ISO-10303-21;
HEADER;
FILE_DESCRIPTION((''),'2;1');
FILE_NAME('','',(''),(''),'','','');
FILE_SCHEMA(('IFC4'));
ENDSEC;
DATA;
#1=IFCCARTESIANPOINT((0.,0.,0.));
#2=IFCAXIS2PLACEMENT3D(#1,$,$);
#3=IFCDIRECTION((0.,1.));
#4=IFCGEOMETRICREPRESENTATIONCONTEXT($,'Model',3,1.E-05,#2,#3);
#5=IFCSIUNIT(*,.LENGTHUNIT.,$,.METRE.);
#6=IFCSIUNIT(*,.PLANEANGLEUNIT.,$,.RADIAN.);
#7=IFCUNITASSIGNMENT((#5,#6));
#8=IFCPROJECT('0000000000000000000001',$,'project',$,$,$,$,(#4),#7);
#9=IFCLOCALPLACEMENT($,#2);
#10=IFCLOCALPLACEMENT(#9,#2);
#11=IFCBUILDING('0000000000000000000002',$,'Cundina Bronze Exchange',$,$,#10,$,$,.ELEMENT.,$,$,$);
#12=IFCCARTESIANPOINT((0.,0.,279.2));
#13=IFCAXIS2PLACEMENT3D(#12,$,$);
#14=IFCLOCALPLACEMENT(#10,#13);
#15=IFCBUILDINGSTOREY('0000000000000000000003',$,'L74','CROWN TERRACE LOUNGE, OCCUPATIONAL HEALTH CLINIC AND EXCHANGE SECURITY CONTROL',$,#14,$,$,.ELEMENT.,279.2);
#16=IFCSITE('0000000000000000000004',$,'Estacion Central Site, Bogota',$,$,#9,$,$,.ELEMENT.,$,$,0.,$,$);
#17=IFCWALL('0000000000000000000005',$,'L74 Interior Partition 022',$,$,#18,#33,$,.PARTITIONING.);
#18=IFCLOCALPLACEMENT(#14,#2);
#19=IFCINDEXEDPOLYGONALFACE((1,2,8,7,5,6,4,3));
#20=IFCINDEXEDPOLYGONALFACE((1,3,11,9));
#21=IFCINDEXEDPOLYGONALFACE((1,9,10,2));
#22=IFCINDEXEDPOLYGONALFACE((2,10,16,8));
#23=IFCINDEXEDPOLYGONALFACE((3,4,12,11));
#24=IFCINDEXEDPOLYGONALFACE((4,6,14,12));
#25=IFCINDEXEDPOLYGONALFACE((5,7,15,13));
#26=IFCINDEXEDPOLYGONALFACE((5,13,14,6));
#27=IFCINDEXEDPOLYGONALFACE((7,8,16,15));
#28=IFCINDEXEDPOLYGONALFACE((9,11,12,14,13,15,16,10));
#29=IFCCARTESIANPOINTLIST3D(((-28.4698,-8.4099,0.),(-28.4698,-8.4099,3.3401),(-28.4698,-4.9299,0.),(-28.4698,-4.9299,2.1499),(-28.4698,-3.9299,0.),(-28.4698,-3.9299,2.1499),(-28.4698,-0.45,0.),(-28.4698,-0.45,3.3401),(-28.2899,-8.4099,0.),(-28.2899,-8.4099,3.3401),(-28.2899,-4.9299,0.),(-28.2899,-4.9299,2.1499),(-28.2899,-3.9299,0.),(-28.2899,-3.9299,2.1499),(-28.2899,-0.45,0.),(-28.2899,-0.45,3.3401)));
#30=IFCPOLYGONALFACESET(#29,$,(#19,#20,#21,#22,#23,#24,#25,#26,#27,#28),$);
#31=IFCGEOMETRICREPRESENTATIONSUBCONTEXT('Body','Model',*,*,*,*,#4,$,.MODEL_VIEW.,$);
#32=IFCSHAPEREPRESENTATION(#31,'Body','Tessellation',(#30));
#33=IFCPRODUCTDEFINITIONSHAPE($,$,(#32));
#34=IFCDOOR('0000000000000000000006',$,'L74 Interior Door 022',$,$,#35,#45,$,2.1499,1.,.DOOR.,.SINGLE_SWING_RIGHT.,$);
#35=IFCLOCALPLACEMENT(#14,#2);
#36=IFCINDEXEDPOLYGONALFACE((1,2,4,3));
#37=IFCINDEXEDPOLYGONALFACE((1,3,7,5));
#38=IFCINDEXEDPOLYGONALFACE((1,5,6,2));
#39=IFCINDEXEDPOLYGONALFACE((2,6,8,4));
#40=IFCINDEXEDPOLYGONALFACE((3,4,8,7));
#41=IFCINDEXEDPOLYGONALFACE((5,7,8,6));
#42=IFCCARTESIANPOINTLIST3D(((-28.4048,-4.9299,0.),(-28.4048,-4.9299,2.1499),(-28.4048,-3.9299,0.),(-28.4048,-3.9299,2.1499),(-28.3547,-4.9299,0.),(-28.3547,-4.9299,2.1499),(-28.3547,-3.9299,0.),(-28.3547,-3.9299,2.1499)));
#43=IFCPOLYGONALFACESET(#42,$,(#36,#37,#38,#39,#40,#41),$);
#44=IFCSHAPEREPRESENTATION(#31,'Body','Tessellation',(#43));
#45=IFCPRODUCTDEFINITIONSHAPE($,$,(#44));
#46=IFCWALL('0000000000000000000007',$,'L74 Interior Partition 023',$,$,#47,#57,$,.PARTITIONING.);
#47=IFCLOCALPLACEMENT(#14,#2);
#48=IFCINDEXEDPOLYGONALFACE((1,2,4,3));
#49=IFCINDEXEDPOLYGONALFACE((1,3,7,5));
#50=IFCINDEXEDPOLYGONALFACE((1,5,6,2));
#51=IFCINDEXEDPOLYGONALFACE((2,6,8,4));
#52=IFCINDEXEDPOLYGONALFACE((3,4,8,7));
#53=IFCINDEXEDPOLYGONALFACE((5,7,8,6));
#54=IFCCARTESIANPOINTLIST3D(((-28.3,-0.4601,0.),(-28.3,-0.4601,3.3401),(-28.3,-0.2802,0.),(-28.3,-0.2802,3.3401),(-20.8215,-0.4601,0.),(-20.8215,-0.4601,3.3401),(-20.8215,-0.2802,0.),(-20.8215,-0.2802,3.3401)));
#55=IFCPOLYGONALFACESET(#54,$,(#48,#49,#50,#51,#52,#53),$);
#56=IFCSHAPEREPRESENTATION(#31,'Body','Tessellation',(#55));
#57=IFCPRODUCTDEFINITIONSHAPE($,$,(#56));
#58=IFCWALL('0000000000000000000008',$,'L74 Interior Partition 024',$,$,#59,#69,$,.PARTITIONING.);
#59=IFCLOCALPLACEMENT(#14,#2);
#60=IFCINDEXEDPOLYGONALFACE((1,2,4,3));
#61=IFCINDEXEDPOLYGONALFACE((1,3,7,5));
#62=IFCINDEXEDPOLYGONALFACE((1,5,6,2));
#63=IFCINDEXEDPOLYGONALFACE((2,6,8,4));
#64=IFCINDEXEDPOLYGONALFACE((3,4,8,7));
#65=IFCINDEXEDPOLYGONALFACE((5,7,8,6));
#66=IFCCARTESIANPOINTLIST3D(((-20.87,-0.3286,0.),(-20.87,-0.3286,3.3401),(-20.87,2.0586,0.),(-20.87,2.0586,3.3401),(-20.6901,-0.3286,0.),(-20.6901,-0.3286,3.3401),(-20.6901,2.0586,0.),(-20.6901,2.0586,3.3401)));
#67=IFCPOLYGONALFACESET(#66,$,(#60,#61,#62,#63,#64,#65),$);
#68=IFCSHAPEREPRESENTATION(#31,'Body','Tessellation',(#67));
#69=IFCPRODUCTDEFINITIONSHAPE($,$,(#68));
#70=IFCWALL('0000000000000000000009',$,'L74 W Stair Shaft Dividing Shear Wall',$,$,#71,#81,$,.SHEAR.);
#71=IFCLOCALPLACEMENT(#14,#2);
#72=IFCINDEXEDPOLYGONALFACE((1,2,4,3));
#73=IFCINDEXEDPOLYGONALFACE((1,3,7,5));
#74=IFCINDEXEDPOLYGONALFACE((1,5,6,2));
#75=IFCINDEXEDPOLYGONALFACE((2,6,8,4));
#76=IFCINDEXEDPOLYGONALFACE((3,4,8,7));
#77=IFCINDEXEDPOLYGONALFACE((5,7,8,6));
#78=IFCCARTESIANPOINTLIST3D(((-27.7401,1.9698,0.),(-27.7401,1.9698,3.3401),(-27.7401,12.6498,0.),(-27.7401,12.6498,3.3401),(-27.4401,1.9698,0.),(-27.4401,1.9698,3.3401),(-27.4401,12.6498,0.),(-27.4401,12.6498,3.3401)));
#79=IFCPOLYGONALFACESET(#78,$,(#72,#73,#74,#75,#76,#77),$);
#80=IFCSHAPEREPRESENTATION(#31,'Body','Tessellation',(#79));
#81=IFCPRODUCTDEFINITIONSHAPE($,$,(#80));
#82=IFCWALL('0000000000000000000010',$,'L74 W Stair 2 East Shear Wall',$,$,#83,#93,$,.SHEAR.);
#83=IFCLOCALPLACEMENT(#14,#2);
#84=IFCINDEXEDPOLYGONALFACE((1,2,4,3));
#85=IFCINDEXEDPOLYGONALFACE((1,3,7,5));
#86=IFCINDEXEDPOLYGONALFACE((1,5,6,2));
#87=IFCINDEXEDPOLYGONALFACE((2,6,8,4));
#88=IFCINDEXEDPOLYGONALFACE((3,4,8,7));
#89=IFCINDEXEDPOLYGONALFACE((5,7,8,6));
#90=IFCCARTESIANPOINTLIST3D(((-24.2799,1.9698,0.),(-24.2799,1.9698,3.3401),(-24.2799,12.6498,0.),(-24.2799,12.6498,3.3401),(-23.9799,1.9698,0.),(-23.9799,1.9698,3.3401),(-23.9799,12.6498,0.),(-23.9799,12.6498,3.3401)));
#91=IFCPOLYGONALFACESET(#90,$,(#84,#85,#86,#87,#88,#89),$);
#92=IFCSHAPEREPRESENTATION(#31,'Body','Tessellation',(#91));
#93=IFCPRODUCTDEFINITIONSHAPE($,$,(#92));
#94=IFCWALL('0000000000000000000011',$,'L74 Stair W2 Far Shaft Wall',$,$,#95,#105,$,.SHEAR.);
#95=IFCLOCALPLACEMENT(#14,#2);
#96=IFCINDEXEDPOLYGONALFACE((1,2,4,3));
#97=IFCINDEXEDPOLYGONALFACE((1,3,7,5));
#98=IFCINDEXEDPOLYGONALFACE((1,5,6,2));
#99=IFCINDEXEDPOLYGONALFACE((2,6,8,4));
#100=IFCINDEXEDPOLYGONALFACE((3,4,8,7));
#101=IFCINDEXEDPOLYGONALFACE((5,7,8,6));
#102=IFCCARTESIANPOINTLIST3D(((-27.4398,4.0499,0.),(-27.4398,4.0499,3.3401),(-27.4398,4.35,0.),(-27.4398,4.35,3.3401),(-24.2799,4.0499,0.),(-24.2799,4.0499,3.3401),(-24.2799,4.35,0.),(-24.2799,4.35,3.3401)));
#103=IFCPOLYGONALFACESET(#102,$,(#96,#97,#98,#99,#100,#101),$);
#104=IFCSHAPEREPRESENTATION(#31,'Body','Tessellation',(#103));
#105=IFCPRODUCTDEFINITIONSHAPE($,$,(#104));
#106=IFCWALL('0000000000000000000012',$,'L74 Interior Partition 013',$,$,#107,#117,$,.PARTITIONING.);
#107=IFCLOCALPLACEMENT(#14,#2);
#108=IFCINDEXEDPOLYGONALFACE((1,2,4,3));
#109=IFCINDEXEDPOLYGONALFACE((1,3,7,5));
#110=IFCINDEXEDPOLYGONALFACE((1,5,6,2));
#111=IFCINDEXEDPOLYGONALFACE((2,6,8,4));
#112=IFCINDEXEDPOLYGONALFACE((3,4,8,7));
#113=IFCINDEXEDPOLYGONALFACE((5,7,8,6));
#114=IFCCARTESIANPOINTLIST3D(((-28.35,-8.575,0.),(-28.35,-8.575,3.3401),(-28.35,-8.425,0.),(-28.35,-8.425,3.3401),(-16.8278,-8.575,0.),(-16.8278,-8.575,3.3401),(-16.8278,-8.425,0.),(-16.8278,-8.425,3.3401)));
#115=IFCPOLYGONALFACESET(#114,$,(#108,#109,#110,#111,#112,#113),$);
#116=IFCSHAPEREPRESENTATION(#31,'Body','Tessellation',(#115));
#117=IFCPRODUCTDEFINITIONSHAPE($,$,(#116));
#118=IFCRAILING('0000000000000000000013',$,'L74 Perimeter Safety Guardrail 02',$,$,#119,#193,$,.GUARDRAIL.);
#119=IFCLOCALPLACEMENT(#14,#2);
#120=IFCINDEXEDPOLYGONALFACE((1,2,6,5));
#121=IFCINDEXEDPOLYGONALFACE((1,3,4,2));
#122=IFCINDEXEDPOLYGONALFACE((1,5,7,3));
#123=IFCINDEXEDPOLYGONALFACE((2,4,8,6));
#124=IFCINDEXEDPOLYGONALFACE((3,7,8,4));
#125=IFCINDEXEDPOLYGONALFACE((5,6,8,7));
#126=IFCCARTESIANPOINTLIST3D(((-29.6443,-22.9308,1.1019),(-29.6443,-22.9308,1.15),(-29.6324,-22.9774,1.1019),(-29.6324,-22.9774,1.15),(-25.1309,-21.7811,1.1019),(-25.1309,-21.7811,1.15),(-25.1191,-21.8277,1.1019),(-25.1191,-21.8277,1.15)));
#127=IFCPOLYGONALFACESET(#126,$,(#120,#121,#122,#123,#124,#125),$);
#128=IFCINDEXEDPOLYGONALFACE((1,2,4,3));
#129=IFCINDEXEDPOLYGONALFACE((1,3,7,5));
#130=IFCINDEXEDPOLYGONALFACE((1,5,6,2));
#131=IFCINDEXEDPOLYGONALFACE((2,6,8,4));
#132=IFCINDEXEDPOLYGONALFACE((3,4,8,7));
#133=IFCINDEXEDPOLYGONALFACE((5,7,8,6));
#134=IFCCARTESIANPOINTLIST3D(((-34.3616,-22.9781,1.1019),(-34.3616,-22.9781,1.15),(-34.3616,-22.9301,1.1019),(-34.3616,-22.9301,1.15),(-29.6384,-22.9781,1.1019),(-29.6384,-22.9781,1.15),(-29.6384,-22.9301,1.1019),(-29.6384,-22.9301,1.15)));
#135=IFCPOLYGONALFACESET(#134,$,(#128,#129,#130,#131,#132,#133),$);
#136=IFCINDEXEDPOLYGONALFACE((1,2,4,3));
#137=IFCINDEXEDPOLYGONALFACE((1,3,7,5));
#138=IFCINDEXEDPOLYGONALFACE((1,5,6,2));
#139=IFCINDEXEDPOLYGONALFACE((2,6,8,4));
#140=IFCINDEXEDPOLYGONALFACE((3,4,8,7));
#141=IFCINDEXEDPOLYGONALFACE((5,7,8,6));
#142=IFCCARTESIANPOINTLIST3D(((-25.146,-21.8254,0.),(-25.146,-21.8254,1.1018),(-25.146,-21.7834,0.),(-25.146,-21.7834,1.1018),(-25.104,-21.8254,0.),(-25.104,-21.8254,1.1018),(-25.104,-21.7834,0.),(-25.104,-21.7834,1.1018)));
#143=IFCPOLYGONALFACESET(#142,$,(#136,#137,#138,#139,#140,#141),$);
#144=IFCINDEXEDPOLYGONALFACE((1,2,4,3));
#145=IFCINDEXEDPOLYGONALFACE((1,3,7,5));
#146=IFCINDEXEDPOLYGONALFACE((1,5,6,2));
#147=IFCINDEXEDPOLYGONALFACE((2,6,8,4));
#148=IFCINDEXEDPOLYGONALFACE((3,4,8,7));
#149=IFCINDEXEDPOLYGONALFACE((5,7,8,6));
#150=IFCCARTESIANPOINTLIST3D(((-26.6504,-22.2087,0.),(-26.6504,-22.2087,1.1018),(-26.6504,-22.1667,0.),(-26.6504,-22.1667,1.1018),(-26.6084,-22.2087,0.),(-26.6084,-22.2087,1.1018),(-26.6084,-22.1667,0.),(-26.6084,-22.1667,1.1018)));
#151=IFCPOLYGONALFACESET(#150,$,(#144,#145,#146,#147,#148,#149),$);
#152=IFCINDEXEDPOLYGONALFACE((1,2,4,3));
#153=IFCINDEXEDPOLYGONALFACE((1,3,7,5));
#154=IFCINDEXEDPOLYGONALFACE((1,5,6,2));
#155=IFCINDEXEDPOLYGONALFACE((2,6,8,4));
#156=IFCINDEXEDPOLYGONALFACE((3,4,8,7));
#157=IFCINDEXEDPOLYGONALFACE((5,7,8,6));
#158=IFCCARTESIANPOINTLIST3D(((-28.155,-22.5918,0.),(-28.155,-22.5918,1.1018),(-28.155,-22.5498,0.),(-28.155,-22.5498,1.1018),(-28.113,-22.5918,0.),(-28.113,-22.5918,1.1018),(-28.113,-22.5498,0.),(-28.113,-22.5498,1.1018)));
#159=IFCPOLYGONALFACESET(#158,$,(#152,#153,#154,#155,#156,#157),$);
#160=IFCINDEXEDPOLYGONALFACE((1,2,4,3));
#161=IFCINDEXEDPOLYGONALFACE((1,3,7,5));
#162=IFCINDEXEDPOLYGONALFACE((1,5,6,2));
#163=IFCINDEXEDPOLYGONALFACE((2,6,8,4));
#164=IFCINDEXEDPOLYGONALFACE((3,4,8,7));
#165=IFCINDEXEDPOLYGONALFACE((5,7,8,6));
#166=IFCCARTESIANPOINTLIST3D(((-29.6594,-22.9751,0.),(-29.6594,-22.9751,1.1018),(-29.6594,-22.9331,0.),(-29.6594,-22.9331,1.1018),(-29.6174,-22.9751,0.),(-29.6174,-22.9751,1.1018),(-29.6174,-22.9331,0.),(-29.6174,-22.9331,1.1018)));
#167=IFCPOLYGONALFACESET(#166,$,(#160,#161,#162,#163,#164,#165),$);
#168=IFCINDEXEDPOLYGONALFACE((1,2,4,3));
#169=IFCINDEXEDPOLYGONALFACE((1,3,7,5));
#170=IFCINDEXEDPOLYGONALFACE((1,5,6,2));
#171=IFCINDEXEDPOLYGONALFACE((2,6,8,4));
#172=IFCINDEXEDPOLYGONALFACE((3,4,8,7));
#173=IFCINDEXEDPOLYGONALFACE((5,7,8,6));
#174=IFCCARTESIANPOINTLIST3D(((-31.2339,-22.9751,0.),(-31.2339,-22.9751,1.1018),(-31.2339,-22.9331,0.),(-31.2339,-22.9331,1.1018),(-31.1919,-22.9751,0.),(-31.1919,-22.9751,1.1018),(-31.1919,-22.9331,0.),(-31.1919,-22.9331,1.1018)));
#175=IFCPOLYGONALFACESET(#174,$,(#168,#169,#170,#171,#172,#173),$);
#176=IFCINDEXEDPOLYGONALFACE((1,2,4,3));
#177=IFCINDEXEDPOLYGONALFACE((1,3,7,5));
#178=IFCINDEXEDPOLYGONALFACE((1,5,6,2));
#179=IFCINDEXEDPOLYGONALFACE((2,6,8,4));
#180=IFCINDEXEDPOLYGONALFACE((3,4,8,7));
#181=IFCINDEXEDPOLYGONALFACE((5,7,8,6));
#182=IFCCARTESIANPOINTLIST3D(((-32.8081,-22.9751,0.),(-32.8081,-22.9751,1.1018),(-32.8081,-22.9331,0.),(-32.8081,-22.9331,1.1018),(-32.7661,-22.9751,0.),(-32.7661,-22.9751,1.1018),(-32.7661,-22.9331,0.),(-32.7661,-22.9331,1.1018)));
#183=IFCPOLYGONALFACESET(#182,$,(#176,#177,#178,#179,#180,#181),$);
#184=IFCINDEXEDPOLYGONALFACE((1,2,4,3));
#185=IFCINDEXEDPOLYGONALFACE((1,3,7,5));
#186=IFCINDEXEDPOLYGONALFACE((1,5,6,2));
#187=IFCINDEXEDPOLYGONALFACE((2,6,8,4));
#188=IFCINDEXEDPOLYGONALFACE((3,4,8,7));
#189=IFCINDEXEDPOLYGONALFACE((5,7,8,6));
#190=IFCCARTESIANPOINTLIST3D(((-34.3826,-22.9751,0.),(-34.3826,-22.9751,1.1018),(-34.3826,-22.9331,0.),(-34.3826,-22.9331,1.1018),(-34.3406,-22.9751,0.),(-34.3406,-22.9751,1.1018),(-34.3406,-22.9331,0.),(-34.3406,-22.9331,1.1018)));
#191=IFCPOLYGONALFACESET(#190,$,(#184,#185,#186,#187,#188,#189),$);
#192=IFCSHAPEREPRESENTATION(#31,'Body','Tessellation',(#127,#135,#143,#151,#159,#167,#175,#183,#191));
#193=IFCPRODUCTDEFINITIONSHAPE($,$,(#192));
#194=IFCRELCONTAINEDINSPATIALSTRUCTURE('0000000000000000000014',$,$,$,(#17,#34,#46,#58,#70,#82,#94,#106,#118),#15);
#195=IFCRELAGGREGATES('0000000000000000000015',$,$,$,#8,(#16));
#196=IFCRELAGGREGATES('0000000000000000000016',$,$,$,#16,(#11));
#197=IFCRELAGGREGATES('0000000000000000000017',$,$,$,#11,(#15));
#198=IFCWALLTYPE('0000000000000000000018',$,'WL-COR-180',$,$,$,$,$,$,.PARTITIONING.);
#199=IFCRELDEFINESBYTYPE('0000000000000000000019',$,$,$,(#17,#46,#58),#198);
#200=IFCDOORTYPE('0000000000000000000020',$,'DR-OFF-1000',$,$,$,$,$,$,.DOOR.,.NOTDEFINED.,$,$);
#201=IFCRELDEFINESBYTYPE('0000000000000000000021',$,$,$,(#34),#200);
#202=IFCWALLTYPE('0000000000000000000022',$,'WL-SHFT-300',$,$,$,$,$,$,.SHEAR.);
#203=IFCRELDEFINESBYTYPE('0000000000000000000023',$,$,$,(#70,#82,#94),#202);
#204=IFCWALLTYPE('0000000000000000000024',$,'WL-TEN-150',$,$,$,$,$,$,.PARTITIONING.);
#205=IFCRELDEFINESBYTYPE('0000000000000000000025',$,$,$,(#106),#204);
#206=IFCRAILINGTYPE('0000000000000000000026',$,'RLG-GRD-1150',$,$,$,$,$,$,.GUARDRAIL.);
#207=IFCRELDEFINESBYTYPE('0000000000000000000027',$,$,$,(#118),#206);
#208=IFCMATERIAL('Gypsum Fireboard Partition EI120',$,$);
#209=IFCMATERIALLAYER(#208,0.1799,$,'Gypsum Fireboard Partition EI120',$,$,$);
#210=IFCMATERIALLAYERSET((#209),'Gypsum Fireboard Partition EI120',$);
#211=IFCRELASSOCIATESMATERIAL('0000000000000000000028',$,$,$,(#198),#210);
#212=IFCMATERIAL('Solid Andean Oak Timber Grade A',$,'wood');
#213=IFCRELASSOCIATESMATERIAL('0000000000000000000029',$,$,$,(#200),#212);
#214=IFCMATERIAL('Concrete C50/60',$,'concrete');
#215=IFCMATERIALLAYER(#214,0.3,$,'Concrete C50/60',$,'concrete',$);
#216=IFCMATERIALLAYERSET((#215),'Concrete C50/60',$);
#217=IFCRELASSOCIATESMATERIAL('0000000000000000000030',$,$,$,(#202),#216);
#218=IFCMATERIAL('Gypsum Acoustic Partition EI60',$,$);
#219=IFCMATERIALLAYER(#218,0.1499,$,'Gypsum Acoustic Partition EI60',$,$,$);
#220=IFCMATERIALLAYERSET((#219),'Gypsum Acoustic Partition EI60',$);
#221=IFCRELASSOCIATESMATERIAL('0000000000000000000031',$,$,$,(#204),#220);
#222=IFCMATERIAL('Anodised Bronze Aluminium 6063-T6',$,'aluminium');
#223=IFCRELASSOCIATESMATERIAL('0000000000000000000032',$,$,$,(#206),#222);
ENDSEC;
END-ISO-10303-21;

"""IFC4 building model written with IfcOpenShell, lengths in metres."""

from ifc_helpers import new_model, si_unit, direction, frame, frame_2d, origin, origin_2d, place, context, subcontext, project, spatial, rectangle, extrude, material, layer, layer_set, type_object, element, fill, save


model = new_model("IFC4")

# Units and contexts
model_context = context("Model", 3, precision=1e-05, world=origin(), true_north=direction((0.0, 1.0)))
body_context = subcontext(model_context, "Body", "Model", "MODEL_VIEW")
ifc_project = project(units=[si_unit("LENGTHUNIT", "METRE"), si_unit("PLANEANGLEUNIT", "RADIAN")], contexts=[model_context])

# Site, building, storey
site_placement = place(None, origin())
site = spatial("IfcSite", under=ifc_project, at=site_placement, Name="Estacion Central Site, Bogota", CompositionType="ELEMENT", RefElevation=0.0)
building_placement = place(site_placement, origin())
building = spatial("IfcBuilding", under=site, at=building_placement, Name="Cundina Bronze Exchange", CompositionType="ELEMENT")
storey_placement = place(building_placement, frame((0.0, 0.0, 279.2)))
storey = spatial("IfcBuildingStorey", under=building, at=storey_placement, Name="L74", Description="CROWN TERRACE LOUNGE, OCCUPATIONAL HEALTH CLINIC AND EXCHANGE SECURITY CONTROL", CompositionType="ELEMENT", Elevation=279.2)

# Shared definitions
ifc_material_1 = material(Name="Concrete C50/60", Category="concrete")

# Shared definitions
ifc_material_2 = material(Name="Anodised Bronze Aluminium 6063-T6", Category="aluminium")

# Shared definitions
ifc_material_3 = material(Name="Gypsum Fireboard Partition EI120")
ifc_layer_1 = layer(ifc_material_3, 0.1799, Name="Gypsum Fireboard Partition EI120")
ifc_layer_set_1 = layer_set([ifc_layer_1], Name="Gypsum Fireboard Partition EI120")
wall_type_1 = type_object("IfcWallType", Name="WL-COR-180", PredefinedType="PARTITIONING", material=ifc_layer_set_1)

# Shared definitions
ifc_material_4 = material(Name="Solid Andean Oak Timber Grade A", Category="wood")

# Wall, opening, door
wall_1_placement = place(storey_placement, frame((-28.3799, -8.4099, 0.0), z_axis=(0.0, 0.0, 1.0), x_axis=(0.0, 1.0, 0.0)))
wall_1 = element("IfcWall", 1, at=wall_1_placement, inside=storey, type_object=wall_type_1, Name="L74 Interior Partition 022", PredefinedType="PARTITIONING", context=body_context, shape_type="SweptSolid", body=[
    extrude(rectangle(XDim=7.96, YDim=0.1799, at=frame_2d((3.98, 0.0))), origin(), (0.0, 0.0, 1.0), 3.3401),
])
opening_1_placement = place(wall_1_placement, frame((3.48, 0.0, 0.0)))
opening_1 = element("IfcOpeningElement", 2, at=opening_1_placement, cuts=wall_1, PredefinedType="OPENING", context=body_context, shape_type="SweptSolid", body=[
    extrude(rectangle(XDim=1.0, YDim=2.1499, at=frame_2d((0.5, 1.075))), frame((0.0, 0.0999, 0.0), z_axis=(0.0, -1.0, 0.0), x_axis=(1.0, 0.0, 0.0)), (0.0, 0.0, 1.0), 0.2),
])
door_type_1 = type_object("IfcDoorType", Name="DR-OFF-1000", OperationType="NOTDEFINED", PredefinedType="DOOR", material=ifc_material_4)
door_1_placement = place(opening_1_placement, origin())
door_1 = element("IfcDoor", 3, at=door_1_placement, inside=storey, type_object=door_type_1, Name="L74 Interior Door 022", OperationType="SINGLE_SWING_RIGHT", OverallHeight=2.1499, OverallWidth=1.0, PredefinedType="DOOR", context=body_context, shape_type="SweptSolid", body=[
    extrude(rectangle(XDim=1.0, YDim=2.1499, at=frame_2d((0.5, 1.075))), frame((0.0, 0.0249, 0.0), z_axis=(0.0, -1.0, 0.0), x_axis=(1.0, 0.0, 0.0)), (0.0, 0.0, 1.0), 0.05),
])
fill(opening_1, door_1)

# Walls
wall_2_placement = place(storey_placement, frame((-28.3, -0.3701, 0.0), z_axis=(0.0, 0.0, 1.0), x_axis=(1.0, 0.0, 0.0)))
element("IfcWall", 4, at=wall_2_placement, inside=storey, type_object=wall_type_1, Name="L74 Interior Partition 023", PredefinedType="PARTITIONING", context=body_context, shape_type="SweptSolid", body=[
    extrude(rectangle(XDim=7.4785, YDim=0.1799, at=frame_2d((3.7393, 0.0))), origin(), (0.0, 0.0, 1.0), 3.3401),
])
wall_3_placement = place(storey_placement, frame((-20.78, -0.3286, 0.0), z_axis=(0.0, 0.0, 1.0), x_axis=(0.0, 1.0, 0.0)))
element("IfcWall", 5, at=wall_3_placement, inside=storey, type_object=wall_type_1, Name="L74 Interior Partition 024", PredefinedType="PARTITIONING", context=body_context, shape_type="SweptSolid", body=[
    extrude(rectangle(XDim=2.3872, YDim=0.1799, at=frame_2d((1.1936, 0.0))), origin(), (0.0, 0.0, 1.0), 3.3401),
])
ifc_layer_2 = layer(ifc_material_1, 0.3, Name="Concrete C50/60", Category="concrete")
ifc_layer_set_2 = layer_set([ifc_layer_2], Name="Concrete C50/60")
wall_type_2 = type_object("IfcWallType", Name="WL-SHFT-300", PredefinedType="SHEAR", material=ifc_layer_set_2)
for number, where, z_axis, x_axis, name in (
    (6, (-27.5901, 1.97, 0.0), (0.0, 0.0, 1.0), (0.0, 1.0, 0.0), "L74 W Stair Shaft Dividing Shear Wall"),
    (7, (-24.1299, 1.97, 0.0), (0.0, 0.0, 1.0), (0.0, 1.0, 0.0), "L74 W Stair 2 East Shear Wall"),
):
    element("IfcWall", number, at=place(storey_placement, frame(where, z_axis=z_axis, x_axis=x_axis)), inside=storey, type_object=wall_type_2, Name=name, PredefinedType="SHEAR", context=body_context, shape_type="SweptSolid", body=[
        extrude(rectangle(XDim=10.6799, YDim=0.3, at=frame_2d((5.3398, 0.0))), origin(), (0.0, 0.0, 1.0), 3.3401),
    ])
wall_4_placement = place(storey_placement, frame((-27.4399, 4.2, 0.0), z_axis=(0.0, 0.0, 1.0), x_axis=(1.0, 0.0, 0.0)))
element("IfcWall", 8, at=wall_4_placement, inside=storey, type_object=wall_type_2, Name="L74 Stair W2 Far Shaft Wall", PredefinedType="SHEAR", context=body_context, shape_type="SweptSolid", body=[
    extrude(rectangle(XDim=3.1599, YDim=0.3, at=frame_2d((1.5801, 0.0))), origin(), (0.0, 0.0, 1.0), 3.3401),
])
ifc_material_5 = material(Name="Gypsum Acoustic Partition EI60")
ifc_layer_3 = layer(ifc_material_5, 0.1499, Name="Gypsum Acoustic Partition EI60")
ifc_layer_set_3 = layer_set([ifc_layer_3], Name="Gypsum Acoustic Partition EI60")
wall_type_3 = type_object("IfcWallType", Name="WL-TEN-150", PredefinedType="PARTITIONING", material=ifc_layer_set_3)
wall_5_placement = place(storey_placement, frame((-28.3501, -8.5, 0.0), z_axis=(0.0, 0.0, 1.0), x_axis=(1.0, 0.0, 0.0)))
element("IfcWall", 9, at=wall_5_placement, inside=storey, type_object=wall_type_3, Name="L74 Interior Partition 013", PredefinedType="PARTITIONING", context=body_context, shape_type="SweptSolid", body=[
    extrude(rectangle(XDim=11.5222, YDim=0.1499, at=frame_2d((5.7612, 0.0))), origin(), (0.0, 0.0, 1.0), 3.3401),
])

# Railing
railing_type = type_object("IfcRailingType", Name="RLG-GRD-1150", PredefinedType="GUARDRAIL", material=ifc_material_2)
railing_1_placement = place(storey_placement, frame((-25.125, -21.8044, 0.0)))
element("IfcRailing", 10, at=railing_1_placement, inside=storey, type_object=railing_type, Name="L74 Perimeter Safety Guardrail 02", PredefinedType="GUARDRAIL", context=body_context, shape_type="SweptSolid", body=[
    extrude(rectangle(XDim=0.0481, YDim=0.0481, at=origin_2d()), frame((0.0, 0.0, 1.126), z_axis=(-0.969057, -0.246838, 0.0), x_axis=(0.246838, -0.969057, 0.0)), (0.0, 0.0, 1.0), 4.6575),
    extrude(rectangle(XDim=0.0481, YDim=0.0481, at=origin_2d()), frame((-4.5134, -1.1497, 1.126), z_axis=(-1.0, 0.0, 0.0), x_axis=(0.0, -1.0, 0.0)), (0.0, 0.0, 1.0), 4.7231),
    extrude(rectangle(XDim=0.042, YDim=0.042, at=origin_2d()), origin(), (0.0, 0.0, 1.0), 1.1018),
    extrude(rectangle(XDim=0.042, YDim=0.042, at=origin_2d()), frame((-1.5044, -0.3833, 0.0)), (0.0, 0.0, 1.0), 1.1018),
    extrude(rectangle(XDim=0.042, YDim=0.042, at=origin_2d()), frame((-3.009, -0.7664, 0.0)), (0.0, 0.0, 1.0), 1.1018),
    extrude(rectangle(XDim=0.042, YDim=0.042, at=origin_2d()), frame((-4.5134, -1.1497, 0.0)), (0.0, 0.0, 1.0), 1.1018),
    extrude(rectangle(XDim=0.042, YDim=0.042, at=origin_2d()), frame((-6.0879, -1.1497, 0.0)), (0.0, 0.0, 1.0), 1.1018),
    extrude(rectangle(XDim=0.042, YDim=0.042, at=origin_2d()), frame((-7.6621, -1.1497, 0.0)), (0.0, 0.0, 1.0), 1.1018),
    extrude(rectangle(XDim=0.042, YDim=0.042, at=origin_2d()), frame((-9.2366, -1.1497, 0.0)), (0.0, 0.0, 1.0), 1.1018),
])

save(model, "model.ifc")
